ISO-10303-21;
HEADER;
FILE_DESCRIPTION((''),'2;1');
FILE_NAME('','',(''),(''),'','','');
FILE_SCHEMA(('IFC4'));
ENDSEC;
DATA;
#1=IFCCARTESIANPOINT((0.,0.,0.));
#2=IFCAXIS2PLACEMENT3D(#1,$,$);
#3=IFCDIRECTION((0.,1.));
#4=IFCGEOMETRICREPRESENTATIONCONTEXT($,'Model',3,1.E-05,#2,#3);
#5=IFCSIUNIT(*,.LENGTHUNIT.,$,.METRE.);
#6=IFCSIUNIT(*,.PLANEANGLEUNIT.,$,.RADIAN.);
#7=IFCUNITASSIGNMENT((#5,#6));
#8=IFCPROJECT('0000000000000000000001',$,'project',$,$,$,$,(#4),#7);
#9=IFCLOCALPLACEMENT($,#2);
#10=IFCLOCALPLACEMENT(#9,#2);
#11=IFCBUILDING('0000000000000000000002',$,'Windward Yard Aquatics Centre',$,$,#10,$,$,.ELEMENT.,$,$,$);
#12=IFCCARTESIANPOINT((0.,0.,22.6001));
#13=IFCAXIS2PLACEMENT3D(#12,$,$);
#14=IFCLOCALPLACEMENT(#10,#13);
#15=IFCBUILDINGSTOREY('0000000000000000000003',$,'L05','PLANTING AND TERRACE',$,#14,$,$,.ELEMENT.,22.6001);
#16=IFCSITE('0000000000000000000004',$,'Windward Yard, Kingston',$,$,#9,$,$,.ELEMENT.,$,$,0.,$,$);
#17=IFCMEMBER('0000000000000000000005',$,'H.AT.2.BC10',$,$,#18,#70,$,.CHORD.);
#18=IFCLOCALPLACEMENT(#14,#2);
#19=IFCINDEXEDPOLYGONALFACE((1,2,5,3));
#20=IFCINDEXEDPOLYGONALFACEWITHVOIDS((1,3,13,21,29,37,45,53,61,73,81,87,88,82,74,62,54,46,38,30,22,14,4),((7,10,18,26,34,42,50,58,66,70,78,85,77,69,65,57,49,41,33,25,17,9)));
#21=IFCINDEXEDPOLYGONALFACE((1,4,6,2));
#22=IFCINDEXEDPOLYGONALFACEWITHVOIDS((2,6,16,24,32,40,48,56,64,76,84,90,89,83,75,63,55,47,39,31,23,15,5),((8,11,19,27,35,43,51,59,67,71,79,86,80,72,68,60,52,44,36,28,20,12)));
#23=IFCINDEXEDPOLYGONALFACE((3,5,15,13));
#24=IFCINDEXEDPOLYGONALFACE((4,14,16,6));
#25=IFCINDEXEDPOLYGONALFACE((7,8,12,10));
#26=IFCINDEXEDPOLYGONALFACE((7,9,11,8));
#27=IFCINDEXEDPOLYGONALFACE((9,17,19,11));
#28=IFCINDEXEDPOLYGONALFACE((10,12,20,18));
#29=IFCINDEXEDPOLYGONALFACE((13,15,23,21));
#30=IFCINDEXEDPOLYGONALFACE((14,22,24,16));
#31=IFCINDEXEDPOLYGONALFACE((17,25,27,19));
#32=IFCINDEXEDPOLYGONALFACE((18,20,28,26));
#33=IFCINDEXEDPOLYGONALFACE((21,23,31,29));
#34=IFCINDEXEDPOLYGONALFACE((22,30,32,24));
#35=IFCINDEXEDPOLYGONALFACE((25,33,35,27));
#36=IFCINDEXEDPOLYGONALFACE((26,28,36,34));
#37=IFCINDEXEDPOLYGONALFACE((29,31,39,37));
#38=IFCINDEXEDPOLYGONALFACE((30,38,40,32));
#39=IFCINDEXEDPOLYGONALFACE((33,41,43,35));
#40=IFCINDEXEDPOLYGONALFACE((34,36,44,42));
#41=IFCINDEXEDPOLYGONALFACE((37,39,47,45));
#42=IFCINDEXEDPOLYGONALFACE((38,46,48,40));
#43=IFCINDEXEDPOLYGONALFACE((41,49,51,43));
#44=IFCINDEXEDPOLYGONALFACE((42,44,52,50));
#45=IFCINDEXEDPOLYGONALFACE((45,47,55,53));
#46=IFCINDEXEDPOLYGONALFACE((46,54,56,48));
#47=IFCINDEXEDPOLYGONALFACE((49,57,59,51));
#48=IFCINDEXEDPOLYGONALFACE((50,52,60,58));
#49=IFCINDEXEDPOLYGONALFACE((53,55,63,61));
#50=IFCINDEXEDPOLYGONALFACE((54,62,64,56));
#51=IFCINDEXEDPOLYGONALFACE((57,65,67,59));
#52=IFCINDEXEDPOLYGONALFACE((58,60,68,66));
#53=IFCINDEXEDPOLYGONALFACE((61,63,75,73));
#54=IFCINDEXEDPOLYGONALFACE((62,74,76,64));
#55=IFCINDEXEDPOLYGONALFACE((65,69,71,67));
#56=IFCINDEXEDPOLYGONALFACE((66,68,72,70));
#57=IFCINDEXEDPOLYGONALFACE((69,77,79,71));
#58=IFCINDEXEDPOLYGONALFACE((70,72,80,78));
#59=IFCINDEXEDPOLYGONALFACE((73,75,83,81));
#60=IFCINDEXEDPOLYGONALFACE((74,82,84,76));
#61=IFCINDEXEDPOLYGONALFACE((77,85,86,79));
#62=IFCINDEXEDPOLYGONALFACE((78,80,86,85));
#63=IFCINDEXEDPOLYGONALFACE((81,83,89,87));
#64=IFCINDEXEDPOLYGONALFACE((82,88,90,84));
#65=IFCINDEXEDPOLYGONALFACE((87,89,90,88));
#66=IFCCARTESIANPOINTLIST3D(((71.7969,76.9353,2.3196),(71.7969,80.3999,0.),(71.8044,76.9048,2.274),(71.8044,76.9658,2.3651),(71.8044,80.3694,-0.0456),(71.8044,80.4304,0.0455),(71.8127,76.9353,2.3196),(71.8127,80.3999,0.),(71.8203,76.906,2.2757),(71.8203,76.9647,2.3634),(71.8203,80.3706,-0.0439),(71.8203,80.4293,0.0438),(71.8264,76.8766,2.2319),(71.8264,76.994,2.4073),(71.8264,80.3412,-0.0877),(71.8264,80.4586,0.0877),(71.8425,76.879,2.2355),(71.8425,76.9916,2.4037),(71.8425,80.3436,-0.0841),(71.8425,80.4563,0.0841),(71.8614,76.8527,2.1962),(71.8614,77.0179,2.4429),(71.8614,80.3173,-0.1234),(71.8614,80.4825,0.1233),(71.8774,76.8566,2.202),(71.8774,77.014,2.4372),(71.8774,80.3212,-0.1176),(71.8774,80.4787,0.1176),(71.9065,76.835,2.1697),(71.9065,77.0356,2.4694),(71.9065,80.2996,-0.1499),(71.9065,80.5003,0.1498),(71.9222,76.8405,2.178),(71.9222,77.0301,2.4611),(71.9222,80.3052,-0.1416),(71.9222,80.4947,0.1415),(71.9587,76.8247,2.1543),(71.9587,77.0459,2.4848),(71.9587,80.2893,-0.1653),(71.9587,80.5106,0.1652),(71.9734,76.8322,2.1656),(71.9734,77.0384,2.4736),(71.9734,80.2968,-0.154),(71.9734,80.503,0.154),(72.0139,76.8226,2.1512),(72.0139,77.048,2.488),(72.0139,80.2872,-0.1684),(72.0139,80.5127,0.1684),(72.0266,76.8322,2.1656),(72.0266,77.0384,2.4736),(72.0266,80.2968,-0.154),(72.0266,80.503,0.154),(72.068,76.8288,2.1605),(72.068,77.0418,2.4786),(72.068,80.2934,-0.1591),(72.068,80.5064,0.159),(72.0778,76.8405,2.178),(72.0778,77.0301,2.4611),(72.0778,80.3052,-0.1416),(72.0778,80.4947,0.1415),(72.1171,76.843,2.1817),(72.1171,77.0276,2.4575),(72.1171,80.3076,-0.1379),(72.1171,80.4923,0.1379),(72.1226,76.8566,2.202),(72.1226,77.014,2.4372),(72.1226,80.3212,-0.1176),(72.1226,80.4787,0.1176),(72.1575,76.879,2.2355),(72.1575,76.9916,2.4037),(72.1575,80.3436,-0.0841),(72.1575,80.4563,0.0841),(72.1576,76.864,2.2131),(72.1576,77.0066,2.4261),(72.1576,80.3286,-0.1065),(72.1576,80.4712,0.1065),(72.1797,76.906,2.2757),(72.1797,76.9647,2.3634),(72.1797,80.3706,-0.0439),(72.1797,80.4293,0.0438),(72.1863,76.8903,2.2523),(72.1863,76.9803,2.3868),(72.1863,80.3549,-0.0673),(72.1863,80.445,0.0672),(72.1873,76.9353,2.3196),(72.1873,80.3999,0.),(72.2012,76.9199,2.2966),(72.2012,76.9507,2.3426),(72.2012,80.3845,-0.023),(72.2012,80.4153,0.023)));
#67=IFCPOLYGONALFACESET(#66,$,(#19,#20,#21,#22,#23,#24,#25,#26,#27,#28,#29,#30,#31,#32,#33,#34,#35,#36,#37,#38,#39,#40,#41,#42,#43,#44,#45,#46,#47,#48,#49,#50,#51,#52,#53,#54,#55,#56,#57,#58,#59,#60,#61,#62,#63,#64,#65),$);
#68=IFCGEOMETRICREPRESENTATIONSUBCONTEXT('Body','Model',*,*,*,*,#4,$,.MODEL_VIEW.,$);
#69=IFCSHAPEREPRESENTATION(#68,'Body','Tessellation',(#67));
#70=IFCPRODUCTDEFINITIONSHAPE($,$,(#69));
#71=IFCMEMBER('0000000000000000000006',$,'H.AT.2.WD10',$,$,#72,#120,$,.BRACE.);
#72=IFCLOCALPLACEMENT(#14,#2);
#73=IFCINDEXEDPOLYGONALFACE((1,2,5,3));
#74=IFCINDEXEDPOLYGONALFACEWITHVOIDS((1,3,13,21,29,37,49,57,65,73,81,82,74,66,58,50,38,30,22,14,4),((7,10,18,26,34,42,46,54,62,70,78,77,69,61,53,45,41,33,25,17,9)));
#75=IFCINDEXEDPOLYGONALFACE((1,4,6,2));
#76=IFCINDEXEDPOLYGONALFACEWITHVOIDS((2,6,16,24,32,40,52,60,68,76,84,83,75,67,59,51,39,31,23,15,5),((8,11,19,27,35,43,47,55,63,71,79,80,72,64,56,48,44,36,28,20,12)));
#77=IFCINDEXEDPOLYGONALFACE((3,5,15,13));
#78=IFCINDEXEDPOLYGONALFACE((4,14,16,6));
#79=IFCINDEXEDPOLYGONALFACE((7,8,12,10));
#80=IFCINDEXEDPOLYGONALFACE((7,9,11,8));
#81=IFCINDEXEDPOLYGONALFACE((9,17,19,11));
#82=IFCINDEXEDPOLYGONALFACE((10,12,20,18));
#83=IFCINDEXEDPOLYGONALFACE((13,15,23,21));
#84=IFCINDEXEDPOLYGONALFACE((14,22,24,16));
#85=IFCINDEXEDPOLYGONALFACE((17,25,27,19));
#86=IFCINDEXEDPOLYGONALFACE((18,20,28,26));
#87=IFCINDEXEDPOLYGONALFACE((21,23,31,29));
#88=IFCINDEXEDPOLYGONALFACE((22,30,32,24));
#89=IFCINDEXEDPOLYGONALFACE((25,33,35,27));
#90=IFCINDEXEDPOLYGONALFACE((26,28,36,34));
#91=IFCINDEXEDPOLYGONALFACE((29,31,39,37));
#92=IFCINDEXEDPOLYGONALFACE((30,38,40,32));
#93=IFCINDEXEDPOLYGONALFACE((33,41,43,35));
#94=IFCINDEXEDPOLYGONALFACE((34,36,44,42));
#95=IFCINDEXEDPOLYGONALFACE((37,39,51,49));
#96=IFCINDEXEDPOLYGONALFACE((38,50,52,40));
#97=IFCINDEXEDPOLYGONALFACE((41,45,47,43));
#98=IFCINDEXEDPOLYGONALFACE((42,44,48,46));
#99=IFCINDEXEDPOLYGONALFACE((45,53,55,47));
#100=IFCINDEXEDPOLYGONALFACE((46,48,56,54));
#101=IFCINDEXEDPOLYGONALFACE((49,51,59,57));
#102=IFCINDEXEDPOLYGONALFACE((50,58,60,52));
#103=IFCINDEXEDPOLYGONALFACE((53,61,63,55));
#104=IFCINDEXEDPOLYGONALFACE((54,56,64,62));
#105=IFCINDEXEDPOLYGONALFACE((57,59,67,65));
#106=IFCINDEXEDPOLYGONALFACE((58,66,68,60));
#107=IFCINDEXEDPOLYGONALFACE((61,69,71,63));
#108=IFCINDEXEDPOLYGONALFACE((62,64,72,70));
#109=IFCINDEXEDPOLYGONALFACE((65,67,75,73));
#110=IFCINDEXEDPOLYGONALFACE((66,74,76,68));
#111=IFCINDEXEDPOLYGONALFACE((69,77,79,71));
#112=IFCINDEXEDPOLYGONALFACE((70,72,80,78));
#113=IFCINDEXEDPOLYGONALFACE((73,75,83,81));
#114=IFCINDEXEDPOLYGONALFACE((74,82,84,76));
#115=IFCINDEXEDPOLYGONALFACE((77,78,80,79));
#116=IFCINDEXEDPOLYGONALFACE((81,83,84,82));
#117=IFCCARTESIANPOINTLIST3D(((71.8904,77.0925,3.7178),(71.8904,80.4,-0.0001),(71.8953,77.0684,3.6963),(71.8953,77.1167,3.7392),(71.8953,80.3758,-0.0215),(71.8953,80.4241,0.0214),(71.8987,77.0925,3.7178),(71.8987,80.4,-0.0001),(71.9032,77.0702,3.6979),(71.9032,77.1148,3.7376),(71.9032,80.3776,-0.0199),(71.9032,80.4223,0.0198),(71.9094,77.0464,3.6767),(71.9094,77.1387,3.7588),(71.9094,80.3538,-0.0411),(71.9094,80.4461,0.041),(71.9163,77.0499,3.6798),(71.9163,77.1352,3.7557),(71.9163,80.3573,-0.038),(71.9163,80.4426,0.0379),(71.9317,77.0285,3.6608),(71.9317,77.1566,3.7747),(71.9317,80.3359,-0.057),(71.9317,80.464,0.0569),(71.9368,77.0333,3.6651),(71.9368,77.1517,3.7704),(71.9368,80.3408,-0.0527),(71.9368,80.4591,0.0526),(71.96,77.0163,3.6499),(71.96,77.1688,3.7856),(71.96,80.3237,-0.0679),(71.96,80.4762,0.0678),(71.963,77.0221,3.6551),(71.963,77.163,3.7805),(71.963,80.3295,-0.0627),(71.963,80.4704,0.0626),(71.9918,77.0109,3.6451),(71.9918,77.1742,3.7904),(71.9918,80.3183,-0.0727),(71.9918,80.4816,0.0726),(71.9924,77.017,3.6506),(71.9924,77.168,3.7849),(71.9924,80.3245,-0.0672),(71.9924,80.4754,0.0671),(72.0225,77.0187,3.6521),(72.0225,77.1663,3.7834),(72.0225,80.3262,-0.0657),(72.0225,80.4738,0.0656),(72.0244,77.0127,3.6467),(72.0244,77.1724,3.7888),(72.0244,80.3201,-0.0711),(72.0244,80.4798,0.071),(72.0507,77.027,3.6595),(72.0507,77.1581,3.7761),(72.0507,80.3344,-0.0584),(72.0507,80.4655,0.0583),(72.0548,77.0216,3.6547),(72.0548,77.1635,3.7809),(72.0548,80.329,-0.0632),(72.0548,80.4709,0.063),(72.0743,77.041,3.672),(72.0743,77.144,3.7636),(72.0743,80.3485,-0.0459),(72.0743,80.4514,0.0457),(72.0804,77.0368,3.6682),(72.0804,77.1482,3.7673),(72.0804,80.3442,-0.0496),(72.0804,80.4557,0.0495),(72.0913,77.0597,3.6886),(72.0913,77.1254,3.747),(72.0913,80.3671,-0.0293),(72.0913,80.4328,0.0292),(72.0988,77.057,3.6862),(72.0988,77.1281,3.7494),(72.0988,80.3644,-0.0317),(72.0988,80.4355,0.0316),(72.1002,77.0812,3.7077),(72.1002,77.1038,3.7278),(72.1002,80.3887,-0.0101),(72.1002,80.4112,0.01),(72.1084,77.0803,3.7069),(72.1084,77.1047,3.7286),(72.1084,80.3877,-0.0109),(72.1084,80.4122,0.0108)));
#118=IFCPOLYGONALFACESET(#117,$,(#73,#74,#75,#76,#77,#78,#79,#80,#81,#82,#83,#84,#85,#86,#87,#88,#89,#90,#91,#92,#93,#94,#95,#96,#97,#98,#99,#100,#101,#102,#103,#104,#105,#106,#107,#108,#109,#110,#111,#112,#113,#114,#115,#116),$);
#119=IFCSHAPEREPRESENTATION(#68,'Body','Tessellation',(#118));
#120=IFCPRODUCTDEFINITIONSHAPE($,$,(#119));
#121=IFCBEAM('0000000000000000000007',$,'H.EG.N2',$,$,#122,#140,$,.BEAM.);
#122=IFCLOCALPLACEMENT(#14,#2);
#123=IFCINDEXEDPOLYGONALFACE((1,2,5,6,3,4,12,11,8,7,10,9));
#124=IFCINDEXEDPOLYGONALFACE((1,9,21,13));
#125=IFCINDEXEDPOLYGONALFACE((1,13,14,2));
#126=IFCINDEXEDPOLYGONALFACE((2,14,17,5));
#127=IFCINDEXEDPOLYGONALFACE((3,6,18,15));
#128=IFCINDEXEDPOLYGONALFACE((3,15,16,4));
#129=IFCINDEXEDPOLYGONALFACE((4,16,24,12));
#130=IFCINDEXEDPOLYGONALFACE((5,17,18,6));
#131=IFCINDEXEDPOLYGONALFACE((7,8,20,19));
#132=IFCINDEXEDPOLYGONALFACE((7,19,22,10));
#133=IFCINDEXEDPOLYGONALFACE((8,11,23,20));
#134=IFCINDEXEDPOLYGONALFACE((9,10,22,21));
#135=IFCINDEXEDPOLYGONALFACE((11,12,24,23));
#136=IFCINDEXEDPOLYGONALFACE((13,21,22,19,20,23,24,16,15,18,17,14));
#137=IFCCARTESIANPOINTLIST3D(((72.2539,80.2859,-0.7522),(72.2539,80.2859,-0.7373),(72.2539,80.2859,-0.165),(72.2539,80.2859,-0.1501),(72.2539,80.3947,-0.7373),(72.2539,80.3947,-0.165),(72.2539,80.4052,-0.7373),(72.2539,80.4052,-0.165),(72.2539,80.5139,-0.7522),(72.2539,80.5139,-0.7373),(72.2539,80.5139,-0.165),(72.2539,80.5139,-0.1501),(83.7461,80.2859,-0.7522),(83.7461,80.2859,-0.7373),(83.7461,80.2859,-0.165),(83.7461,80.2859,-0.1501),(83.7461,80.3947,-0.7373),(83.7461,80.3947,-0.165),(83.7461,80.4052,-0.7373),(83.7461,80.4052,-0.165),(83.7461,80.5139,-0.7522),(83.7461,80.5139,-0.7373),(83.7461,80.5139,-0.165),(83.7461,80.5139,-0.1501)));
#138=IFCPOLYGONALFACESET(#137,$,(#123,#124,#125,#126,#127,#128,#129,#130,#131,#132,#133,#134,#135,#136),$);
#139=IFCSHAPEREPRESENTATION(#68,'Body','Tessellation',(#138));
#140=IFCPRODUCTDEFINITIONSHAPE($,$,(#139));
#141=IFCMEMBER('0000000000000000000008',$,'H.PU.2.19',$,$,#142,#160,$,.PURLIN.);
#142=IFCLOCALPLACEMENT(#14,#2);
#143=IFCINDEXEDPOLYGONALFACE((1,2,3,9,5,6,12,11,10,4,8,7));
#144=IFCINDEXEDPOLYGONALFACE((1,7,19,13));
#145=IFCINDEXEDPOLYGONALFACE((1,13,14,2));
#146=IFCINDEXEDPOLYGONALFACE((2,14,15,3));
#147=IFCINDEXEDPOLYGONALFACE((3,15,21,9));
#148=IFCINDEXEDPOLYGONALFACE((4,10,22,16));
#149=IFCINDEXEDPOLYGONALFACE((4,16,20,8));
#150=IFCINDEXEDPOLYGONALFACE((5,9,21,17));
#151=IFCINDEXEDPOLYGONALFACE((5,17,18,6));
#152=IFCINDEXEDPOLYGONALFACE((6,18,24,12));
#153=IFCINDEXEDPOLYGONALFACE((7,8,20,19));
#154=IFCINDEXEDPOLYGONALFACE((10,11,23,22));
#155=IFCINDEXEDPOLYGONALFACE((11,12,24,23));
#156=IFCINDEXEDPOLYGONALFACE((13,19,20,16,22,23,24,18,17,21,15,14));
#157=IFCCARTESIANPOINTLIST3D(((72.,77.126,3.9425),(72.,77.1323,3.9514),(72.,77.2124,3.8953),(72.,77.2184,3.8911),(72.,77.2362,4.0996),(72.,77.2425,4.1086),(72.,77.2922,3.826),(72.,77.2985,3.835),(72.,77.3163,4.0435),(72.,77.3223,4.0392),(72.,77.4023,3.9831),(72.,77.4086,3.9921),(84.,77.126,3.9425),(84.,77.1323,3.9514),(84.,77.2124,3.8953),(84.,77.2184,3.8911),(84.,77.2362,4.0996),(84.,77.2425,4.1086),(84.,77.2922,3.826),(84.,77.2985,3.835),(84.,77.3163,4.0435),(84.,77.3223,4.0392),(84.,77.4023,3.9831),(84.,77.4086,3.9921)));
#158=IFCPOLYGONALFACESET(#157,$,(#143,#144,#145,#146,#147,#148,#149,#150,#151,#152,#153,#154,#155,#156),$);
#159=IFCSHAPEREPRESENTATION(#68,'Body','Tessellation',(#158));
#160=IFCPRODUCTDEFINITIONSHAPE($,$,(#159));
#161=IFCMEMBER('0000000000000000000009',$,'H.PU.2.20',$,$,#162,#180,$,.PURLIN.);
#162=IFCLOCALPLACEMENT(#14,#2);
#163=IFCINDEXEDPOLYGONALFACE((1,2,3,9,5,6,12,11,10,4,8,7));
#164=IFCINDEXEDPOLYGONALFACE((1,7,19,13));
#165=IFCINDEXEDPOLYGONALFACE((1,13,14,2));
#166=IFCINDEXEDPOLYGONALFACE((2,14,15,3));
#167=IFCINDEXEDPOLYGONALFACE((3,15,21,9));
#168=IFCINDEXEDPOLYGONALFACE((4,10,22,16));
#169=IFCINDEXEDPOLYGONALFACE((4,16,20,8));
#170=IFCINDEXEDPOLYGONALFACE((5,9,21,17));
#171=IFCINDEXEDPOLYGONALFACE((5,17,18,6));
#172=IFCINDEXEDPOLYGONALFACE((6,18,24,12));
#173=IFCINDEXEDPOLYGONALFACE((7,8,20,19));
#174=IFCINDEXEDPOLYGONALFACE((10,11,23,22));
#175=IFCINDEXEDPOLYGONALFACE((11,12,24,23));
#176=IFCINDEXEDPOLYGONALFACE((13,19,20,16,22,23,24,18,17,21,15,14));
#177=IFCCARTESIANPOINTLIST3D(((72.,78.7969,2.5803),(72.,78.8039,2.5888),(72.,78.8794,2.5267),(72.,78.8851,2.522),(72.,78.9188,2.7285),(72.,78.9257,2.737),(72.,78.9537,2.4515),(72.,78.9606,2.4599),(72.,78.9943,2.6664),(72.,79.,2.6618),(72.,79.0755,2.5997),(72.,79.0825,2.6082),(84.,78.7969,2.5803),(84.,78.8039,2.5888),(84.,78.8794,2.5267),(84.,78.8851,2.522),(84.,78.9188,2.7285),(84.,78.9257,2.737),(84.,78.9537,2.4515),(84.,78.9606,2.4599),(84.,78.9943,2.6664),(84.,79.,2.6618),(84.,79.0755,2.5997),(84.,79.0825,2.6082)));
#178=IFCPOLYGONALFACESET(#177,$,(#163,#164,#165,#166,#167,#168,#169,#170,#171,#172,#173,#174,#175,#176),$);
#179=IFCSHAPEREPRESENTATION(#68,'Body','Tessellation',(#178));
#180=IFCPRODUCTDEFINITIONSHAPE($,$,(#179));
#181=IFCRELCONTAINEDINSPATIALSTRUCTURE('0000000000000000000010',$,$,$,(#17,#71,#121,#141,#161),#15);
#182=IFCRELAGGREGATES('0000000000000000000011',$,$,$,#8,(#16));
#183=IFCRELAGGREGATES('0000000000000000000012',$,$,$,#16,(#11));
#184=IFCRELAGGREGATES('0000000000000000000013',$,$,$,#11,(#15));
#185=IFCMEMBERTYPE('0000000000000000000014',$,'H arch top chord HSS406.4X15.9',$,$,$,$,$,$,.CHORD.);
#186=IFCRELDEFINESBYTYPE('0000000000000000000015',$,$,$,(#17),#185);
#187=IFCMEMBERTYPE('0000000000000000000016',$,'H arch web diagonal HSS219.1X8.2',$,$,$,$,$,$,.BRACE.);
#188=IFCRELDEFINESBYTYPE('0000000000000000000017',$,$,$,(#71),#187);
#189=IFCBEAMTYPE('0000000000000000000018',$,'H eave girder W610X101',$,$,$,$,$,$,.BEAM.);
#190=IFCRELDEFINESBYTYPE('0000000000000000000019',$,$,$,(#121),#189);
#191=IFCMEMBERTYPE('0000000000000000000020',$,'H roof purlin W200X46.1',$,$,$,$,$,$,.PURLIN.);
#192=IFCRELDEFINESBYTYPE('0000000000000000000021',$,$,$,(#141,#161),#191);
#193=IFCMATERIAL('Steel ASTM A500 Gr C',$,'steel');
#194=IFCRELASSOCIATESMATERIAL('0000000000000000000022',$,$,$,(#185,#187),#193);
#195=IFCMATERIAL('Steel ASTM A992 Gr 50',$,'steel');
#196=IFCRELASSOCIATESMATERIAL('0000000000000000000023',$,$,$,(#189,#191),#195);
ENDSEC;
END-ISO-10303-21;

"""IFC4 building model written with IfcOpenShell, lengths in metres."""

from ifc_helpers import new_model, si_unit, direction, frame, origin, origin_2d, place, context, subcontext, project, spatial, hollow_circle, i_section, extrude, material, material_profile, profile_set, type_object, element, save


model = new_model("IFC4")

# Units and contexts
model_context = context("Model", 3, precision=1e-05, world=origin(), true_north=direction((0.0, 1.0)))
body_context = subcontext(model_context, "Body", "Model", "MODEL_VIEW")
ifc_project = project(units=[si_unit("LENGTHUNIT", "METRE"), si_unit("PLANEANGLEUNIT", "RADIAN")], contexts=[model_context])

# Site, building, storey
site_placement = place(None, origin())
site = spatial("IfcSite", under=ifc_project, at=site_placement, Name="Windward Yard, Kingston", CompositionType="ELEMENT", RefElevation=0.0)
building_placement = place(site_placement, origin())
building = spatial("IfcBuilding", under=site, at=building_placement, Name="Windward Yard Aquatics Centre", CompositionType="ELEMENT")
storey_placement = place(building_placement, frame((0.0, 0.0, 22.6001)))
storey = spatial("IfcBuildingStorey", under=building, at=storey_placement, Name="L05", Description="PLANTING AND TERRACE", CompositionType="ELEMENT", Elevation=22.6001)

# Members
ifc_material_1 = material(Name="Steel ASTM A500 Gr C", Category="steel")
ifc_material_profile_1 = material_profile(ifc_material_1, hollow_circle(Radius=0.2031, WallThickness=0.0159, at=origin_2d()), Name="HSS406.4X15.9")
ifc_profile_set_1 = profile_set([ifc_material_profile_1], Name="Steel ASTM A500 Gr C")
member_type_1 = type_object("IfcMemberType", Name="H arch top chord HSS406.4X15.9", PredefinedType="CHORD", material=ifc_profile_set_1)
member_1_placement = place(storey_placement, frame((72.0, 76.9353, 2.3196), z_axis=(0.0, 0.830959, -0.556334), x_axis=(-1.0, 0.0, 0.0)))
element("IfcMember", 1, at=member_1_placement, inside=storey, type_object=member_type_1, Name="H.AT.2.BC10", PredefinedType="CHORD", context=body_context, shape_type="SweptSolid", body=[
    extrude(hollow_circle(Radius=0.2031, WallThickness=0.0159, at=origin_2d()), origin(), (0.0, 0.0, 1.0), 4.1694),
])
ifc_material_profile_2 = material_profile(ifc_material_1, hollow_circle(Radius=0.1096, WallThickness=0.0083, at=origin_2d()), Name="HSS219.1X8.2")
ifc_profile_set_2 = profile_set([ifc_material_profile_2], Name="Steel ASTM A500 Gr C")
member_type_2 = type_object("IfcMemberType", Name="H arch web diagonal HSS219.1X8.2", PredefinedType="BRACE", material=ifc_profile_set_2)
member_2_placement = place(storey_placement, frame((72.0, 77.0925, 3.7178), z_axis=(0.0, 0.664665, -0.747141), x_axis=(-1.0, 0.0, 0.0)))
element("IfcMember", 2, at=member_2_placement, inside=storey, type_object=member_type_2, Name="H.AT.2.WD10", PredefinedType="BRACE", context=body_context, shape_type="SweptSolid", body=[
    extrude(hollow_circle(Radius=0.1096, WallThickness=0.0083, at=origin_2d()), origin(), (0.0, 0.0, 1.0), 4.9761),
])

# Beam
ifc_material_2 = material(Name="Steel ASTM A992 Gr 50", Category="steel")
ifc_material_profile_3 = material_profile(ifc_material_2, i_section(OverallWidth=0.228, OverallDepth=0.6021, WebThickness=0.0105, FlangeThickness=0.0149, at=origin_2d()), Name="W610X101")
ifc_profile_set_3 = profile_set([ifc_material_profile_3], Name="Steel ASTM A992 Gr 50")
beam_type_1 = type_object("IfcBeamType", Name="H eave girder W610X101", PredefinedType="BEAM", material=ifc_profile_set_3)
beam_1_placement = place(storey_placement, frame((72.2539, 80.3999, -0.4512), z_axis=(1.0, 0.0, 0.0), x_axis=(0.0, 1.0, 0.0)))
element("IfcBeam", 3, at=beam_1_placement, inside=storey, type_object=beam_type_1, Name="H.EG.N2", PredefinedType="BEAM", context=body_context, shape_type="SweptSolid", body=[
    extrude(i_section(OverallWidth=0.228, OverallDepth=0.6021, WebThickness=0.0105, FlangeThickness=0.0149, at=origin_2d()), origin(), (0.0, 0.0, 1.0), 11.4922),
])

# Members
ifc_material_profile_4 = material_profile(ifc_material_2, i_section(OverallWidth=0.2029, OverallDepth=0.2029, WebThickness=0.0073, FlangeThickness=0.011, at=origin_2d()), Name="W200X46.1")
ifc_profile_set_4 = profile_set([ifc_material_profile_4], Name="Steel ASTM A992 Gr 50")
member_type_3 = type_object("IfcMemberType", Name="H roof purlin W200X46.1", PredefinedType="PURLIN", material=ifc_profile_set_4)
for number, where, z_axis, x_axis, name in (
    (4, (72.0, 77.2673, 3.9673), (1.0, 0.0, 0.0), (0.0, 0.818831, -0.574035), "H.PU.2.19"),
    (5, (72.0, 78.9397, 2.5942), (1.0, 0.0, 0.0), (0.0, 0.772611, -0.63488), "H.PU.2.20"),
):
    element("IfcMember", number, at=place(storey_placement, frame(where, z_axis=z_axis, x_axis=x_axis)), inside=storey, type_object=member_type_3, Name=name, PredefinedType="PURLIN", context=body_context, shape_type="SweptSolid", body=[
        extrude(i_section(OverallWidth=0.2029, OverallDepth=0.2029, WebThickness=0.0073, FlangeThickness=0.011, at=origin_2d()), origin(), (0.0, 0.0, 1.0), 12.0),
    ])

save(model, "model.ifc")
